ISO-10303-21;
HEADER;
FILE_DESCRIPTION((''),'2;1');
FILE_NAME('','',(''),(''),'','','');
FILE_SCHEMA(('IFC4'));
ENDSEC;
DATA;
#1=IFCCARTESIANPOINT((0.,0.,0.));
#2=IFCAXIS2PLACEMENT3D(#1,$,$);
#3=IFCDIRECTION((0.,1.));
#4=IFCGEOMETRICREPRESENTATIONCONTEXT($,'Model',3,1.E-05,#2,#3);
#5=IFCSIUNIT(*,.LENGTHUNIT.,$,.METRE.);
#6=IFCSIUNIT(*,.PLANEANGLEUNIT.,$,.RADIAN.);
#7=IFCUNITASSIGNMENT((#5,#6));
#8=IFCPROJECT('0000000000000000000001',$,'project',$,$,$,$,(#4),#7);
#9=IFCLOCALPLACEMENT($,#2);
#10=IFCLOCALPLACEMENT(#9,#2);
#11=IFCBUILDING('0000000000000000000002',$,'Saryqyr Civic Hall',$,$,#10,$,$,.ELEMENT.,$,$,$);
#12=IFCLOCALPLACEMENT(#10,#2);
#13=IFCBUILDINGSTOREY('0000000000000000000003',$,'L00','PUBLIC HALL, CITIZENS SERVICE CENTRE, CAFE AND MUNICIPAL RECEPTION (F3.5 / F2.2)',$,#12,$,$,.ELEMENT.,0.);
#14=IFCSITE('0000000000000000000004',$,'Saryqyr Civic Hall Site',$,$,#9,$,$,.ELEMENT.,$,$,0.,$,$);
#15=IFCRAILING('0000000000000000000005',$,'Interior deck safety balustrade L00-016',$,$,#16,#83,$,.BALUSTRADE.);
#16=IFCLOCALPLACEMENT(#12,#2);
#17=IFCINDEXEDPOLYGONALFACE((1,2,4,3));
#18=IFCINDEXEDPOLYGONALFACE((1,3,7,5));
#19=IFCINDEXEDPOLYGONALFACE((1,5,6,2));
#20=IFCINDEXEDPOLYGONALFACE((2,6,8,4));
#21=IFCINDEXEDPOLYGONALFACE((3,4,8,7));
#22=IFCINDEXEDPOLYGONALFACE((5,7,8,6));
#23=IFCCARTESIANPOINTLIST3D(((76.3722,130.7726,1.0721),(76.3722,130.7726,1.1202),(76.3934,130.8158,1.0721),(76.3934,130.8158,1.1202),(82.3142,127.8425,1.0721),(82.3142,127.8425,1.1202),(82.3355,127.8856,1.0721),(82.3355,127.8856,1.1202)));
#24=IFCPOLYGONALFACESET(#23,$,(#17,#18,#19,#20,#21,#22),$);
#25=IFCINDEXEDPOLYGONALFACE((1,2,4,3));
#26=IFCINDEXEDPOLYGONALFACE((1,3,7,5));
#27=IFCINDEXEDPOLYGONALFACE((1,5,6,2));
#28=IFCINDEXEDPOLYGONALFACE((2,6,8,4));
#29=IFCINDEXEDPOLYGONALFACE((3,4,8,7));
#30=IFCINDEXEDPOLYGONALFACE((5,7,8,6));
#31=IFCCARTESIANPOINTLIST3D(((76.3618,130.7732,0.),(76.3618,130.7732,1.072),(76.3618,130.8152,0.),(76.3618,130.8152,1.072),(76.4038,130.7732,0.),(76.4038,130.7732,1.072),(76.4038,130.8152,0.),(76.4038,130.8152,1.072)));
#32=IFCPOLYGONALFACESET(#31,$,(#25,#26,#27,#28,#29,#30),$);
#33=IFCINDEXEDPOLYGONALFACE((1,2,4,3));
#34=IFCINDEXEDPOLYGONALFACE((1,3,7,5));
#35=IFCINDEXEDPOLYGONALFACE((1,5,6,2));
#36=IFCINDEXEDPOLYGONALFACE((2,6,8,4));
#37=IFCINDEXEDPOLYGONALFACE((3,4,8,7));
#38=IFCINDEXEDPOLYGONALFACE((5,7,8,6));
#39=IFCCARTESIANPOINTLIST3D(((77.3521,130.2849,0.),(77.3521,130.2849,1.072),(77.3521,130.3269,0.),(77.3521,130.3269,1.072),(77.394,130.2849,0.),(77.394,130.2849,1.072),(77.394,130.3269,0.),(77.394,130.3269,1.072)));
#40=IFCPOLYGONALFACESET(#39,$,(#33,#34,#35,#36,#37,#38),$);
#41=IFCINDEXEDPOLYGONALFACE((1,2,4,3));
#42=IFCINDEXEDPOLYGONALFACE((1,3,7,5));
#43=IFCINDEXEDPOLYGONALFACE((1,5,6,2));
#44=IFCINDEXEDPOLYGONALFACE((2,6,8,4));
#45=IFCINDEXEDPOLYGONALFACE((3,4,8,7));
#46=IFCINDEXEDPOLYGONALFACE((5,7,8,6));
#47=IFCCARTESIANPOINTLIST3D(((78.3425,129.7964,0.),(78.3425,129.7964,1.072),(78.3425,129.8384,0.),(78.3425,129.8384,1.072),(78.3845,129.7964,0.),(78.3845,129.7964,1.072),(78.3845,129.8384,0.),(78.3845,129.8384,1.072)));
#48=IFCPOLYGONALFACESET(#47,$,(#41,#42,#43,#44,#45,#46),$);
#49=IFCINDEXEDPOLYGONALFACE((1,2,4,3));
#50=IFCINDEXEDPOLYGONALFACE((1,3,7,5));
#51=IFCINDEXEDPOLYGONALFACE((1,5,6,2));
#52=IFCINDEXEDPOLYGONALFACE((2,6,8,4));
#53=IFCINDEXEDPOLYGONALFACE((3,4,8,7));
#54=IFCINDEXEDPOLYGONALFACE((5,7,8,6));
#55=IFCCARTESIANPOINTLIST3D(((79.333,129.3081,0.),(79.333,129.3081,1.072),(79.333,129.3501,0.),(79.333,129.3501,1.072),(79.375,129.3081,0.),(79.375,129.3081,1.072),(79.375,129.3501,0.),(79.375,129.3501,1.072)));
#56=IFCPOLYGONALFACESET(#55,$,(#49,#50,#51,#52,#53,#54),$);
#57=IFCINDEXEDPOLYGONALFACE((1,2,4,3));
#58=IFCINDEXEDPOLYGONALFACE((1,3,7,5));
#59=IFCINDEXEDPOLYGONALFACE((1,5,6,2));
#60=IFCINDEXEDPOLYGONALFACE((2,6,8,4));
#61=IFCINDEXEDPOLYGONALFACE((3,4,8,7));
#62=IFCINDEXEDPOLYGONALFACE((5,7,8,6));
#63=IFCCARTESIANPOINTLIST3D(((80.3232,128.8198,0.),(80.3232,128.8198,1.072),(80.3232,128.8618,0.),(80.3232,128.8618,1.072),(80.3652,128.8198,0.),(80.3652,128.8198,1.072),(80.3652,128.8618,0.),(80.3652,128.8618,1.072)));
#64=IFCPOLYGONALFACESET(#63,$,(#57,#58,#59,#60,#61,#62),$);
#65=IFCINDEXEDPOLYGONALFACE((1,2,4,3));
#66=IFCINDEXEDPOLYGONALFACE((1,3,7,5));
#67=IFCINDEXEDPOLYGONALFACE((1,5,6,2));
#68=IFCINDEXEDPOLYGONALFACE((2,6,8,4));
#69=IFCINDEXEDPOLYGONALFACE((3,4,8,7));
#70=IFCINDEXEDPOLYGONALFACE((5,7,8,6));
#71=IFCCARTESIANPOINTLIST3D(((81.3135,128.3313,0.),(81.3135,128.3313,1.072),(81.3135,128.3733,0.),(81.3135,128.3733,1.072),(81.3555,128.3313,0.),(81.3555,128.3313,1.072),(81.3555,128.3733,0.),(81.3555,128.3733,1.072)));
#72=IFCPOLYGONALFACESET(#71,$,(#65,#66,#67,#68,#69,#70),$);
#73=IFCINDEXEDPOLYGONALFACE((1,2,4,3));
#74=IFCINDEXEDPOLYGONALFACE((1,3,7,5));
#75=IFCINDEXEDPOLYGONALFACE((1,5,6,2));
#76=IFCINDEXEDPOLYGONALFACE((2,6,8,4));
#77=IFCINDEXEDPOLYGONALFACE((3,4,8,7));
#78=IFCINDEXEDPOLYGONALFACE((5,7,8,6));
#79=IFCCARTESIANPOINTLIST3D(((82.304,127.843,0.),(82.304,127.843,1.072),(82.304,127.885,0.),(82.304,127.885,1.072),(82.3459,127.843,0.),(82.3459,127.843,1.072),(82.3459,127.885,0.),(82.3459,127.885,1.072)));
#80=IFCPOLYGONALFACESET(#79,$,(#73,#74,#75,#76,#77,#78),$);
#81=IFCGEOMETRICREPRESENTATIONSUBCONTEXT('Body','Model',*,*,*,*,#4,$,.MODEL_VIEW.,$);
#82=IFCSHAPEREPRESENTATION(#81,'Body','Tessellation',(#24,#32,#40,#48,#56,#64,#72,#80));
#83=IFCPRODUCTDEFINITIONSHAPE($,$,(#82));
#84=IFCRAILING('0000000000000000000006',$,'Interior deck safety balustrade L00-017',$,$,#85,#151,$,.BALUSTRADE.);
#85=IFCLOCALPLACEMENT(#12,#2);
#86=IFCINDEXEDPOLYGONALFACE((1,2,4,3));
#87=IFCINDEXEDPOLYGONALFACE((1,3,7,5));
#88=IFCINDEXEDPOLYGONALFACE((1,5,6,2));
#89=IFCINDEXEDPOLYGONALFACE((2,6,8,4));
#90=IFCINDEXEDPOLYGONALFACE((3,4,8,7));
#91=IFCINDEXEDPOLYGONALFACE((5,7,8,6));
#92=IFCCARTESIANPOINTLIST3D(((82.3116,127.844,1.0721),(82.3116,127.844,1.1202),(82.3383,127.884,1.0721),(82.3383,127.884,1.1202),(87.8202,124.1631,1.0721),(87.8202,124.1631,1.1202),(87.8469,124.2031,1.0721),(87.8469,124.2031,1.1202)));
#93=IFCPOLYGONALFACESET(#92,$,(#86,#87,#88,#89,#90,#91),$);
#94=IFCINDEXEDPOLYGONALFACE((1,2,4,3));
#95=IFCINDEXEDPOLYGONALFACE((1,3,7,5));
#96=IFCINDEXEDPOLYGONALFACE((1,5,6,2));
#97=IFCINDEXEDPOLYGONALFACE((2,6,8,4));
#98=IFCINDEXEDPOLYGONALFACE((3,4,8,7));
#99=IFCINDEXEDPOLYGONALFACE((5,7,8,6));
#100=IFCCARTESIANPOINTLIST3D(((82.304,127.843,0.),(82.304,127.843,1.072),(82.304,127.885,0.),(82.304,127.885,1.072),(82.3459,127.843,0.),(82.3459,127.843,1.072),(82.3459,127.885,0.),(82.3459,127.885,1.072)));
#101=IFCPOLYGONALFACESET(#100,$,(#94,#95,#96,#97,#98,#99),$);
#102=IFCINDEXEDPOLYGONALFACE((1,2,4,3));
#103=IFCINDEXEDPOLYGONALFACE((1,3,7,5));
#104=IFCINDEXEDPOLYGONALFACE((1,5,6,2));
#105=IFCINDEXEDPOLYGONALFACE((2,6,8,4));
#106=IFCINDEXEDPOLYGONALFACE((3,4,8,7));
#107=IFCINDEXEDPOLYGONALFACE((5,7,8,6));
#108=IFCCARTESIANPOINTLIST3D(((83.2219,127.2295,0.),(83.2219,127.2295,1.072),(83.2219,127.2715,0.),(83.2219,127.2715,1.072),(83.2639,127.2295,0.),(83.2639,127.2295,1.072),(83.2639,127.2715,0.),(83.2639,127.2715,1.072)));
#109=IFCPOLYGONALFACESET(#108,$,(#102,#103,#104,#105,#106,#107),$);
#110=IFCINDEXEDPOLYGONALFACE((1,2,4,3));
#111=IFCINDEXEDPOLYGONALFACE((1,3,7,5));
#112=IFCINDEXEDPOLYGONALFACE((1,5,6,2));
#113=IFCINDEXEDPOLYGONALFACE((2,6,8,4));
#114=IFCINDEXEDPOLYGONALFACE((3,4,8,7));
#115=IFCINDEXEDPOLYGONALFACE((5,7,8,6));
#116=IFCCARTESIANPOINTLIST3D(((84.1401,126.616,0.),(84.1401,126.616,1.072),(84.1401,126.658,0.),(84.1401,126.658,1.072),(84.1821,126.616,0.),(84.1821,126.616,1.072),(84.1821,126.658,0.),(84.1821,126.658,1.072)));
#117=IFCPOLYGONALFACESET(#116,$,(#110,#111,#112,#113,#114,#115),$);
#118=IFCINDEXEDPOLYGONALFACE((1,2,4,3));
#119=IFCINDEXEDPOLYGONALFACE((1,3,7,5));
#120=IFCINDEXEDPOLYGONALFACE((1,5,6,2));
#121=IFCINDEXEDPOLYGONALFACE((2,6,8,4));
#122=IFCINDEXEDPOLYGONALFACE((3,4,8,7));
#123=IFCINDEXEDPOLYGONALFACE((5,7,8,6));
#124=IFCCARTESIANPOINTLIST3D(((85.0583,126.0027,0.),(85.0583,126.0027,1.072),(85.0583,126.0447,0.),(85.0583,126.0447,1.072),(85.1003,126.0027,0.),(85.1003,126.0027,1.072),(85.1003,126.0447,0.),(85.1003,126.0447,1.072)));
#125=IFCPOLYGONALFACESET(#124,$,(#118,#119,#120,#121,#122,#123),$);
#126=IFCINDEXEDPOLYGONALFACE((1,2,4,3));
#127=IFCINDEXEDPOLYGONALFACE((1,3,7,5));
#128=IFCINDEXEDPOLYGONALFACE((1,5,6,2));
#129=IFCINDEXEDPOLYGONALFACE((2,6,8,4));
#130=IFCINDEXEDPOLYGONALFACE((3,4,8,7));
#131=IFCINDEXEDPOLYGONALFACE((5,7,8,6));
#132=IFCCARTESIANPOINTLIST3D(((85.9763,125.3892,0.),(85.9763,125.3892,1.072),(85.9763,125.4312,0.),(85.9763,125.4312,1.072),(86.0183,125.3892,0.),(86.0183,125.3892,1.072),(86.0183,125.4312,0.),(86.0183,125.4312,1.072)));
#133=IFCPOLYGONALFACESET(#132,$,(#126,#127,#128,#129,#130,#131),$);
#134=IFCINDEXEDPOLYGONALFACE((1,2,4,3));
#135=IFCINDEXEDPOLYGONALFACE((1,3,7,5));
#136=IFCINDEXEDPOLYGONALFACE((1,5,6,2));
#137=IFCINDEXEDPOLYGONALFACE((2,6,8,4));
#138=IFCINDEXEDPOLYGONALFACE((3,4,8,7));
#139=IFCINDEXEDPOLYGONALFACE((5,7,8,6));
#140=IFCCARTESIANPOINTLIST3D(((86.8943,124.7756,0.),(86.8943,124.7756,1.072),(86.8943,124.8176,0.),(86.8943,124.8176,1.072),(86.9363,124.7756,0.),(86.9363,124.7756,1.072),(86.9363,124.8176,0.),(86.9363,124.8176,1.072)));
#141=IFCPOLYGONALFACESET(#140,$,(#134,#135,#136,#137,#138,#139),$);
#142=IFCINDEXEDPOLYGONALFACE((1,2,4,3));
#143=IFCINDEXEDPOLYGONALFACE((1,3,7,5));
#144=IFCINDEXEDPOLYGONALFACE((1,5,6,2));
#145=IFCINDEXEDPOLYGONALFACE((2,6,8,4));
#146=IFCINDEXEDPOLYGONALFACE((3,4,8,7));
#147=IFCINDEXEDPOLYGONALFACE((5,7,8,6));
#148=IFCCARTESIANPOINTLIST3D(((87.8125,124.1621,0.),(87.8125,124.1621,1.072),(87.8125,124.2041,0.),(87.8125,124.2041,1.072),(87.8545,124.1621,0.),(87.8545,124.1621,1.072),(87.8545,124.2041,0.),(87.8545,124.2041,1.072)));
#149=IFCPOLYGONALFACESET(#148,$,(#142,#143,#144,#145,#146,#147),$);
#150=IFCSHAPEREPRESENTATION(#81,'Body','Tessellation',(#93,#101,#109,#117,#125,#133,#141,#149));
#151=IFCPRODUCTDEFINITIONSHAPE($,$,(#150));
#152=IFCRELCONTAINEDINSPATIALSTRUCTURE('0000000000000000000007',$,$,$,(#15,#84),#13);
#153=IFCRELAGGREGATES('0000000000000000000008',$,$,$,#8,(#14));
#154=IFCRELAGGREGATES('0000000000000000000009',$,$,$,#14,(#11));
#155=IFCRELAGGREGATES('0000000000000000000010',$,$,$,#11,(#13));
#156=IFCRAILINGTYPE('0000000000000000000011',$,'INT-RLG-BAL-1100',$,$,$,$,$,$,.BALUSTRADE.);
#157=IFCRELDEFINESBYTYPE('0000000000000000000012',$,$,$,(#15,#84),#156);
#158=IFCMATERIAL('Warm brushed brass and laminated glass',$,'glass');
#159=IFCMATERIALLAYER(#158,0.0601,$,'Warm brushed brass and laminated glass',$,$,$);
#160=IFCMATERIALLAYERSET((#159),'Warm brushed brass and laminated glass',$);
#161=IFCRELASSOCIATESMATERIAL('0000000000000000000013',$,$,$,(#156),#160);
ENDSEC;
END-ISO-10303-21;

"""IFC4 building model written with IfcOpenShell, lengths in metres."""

from ifc_helpers import new_model, si_unit, direction, frame, origin, origin_2d, place, context, subcontext, project, spatial, rectangle, extrude, material, layer, layer_set, type_object, element, save


model = new_model("IFC4")

# Units and contexts
model_context = context("Model", 3, precision=1e-05, world=origin(), true_north=direction((0.0, 1.0)))
body_context = subcontext(model_context, "Body", "Model", "MODEL_VIEW")
ifc_project = project(units=[si_unit("LENGTHUNIT", "METRE"), si_unit("PLANEANGLEUNIT", "RADIAN")], contexts=[model_context])

# Site, building, storey
site_placement = place(None, origin())
site = spatial("IfcSite", under=ifc_project, at=site_placement, Name="Saryqyr Civic Hall Site", CompositionType="ELEMENT", RefElevation=0.0)
building_placement = place(site_placement, origin())
building = spatial("IfcBuilding", under=site, at=building_placement, Name="Saryqyr Civic Hall", CompositionType="ELEMENT")
storey_placement = place(building_placement, origin())
storey = spatial("IfcBuildingStorey", under=building, at=storey_placement, Name="L00", Description="PUBLIC HALL, CITIZENS SERVICE CENTRE, CAFE AND MUNICIPAL RECEPTION (F3.5 / F2.2)", CompositionType="ELEMENT", Elevation=0.0)

# Railings
ifc_material_1 = material(Name="Warm brushed brass and laminated glass", Category="glass")
ifc_layer_1 = layer(ifc_material_1, 0.0601, Name="Warm brushed brass and laminated glass")
ifc_layer_set_1 = layer_set([ifc_layer_1], Name="Warm brushed brass and laminated glass")
railing_type = type_object("IfcRailingType", Name="INT-RLG-BAL-1100", PredefinedType="BALUSTRADE", material=ifc_layer_set_1)
railing_1_placement = place(storey_placement, frame((76.3828, 130.7942, 0.0)))
element("IfcRailing", 1, at=railing_1_placement, inside=storey, type_object=railing_type, Name="Interior deck safety balustrade L00-016", PredefinedType="BALUSTRADE", context=body_context, shape_type="SweptSolid", body=[
    extrude(rectangle(XDim=0.0481, YDim=0.0481, at=origin_2d()), frame((0.0, 0.0, 1.0962), z_axis=(0.896882, -0.442269, 0.0), x_axis=(0.442269, 0.896882, 0.0)), (0.0, 0.0, 1.0), 6.6252),
    extrude(rectangle(XDim=0.042, YDim=0.042, at=origin_2d()), origin(), (0.0, 0.0, 1.0), 1.072),
    extrude(rectangle(XDim=0.042, YDim=0.042, at=origin_2d()), frame((0.9902, -0.4883, 0.0)), (0.0, 0.0, 1.0), 1.072),
    extrude(rectangle(XDim=0.042, YDim=0.042, at=origin_2d()), frame((1.9807, -0.9768, 0.0)), (0.0, 0.0, 1.0), 1.072),
    extrude(rectangle(XDim=0.042, YDim=0.042, at=origin_2d()), frame((2.9712, -1.4651, 0.0)), (0.0, 0.0, 1.0), 1.072),
    extrude(rectangle(XDim=0.042, YDim=0.042, at=origin_2d()), frame((3.9614, -1.9534, 0.0)), (0.0, 0.0, 1.0), 1.072),
    extrude(rectangle(XDim=0.042, YDim=0.042, at=origin_2d()), frame((4.9517, -2.4419, 0.0)), (0.0, 0.0, 1.0), 1.072),
    extrude(rectangle(XDim=0.042, YDim=0.042, at=origin_2d()), frame((5.9421, -2.9302, 0.0)), (0.0, 0.0, 1.0), 1.072),
])
railing_2_placement = place(storey_placement, frame((82.325, 127.864, 0.0)))
element("IfcRailing", 2, at=railing_2_placement, inside=storey, type_object=railing_type, Name="Interior deck safety balustrade L00-017", PredefinedType="BALUSTRADE", context=body_context, shape_type="SweptSolid", body=[
    extrude(rectangle(XDim=0.0481, YDim=0.0481, at=origin_2d()), frame((0.0, 0.0, 1.0962), z_axis=(0.831455, -0.555593, 0.0), x_axis=(0.555593, 0.831455, 0.0)), (0.0, 0.0, 1.0), 6.6252),
    extrude(rectangle(XDim=0.042, YDim=0.042, at=origin_2d()), origin(), (0.0, 0.0, 1.0), 1.072),
    extrude(rectangle(XDim=0.042, YDim=0.042, at=origin_2d()), frame((0.918, -0.6135, 0.0)), (0.0, 0.0, 1.0), 1.072),
    extrude(rectangle(XDim=0.042, YDim=0.042, at=origin_2d()), frame((1.8362, -1.2271, 0.0)), (0.0, 0.0, 1.0), 1.072),
    extrude(rectangle(XDim=0.042, YDim=0.042, at=origin_2d()), frame((2.7544, -1.8403, 0.0)), (0.0, 0.0, 1.0), 1.072),
    extrude(rectangle(XDim=0.042, YDim=0.042, at=origin_2d()), frame((3.6724, -2.4539, 0.0)), (0.0, 0.0, 1.0), 1.072),
    extrude(rectangle(XDim=0.042, YDim=0.042, at=origin_2d()), frame((4.5903, -3.0674, 0.0)), (0.0, 0.0, 1.0), 1.072),
    extrude(rectangle(XDim=0.042, YDim=0.042, at=origin_2d()), frame((5.5085, -3.6809, 0.0)), (0.0, 0.0, 1.0), 1.072),
])

save(model, "model.ifc")
